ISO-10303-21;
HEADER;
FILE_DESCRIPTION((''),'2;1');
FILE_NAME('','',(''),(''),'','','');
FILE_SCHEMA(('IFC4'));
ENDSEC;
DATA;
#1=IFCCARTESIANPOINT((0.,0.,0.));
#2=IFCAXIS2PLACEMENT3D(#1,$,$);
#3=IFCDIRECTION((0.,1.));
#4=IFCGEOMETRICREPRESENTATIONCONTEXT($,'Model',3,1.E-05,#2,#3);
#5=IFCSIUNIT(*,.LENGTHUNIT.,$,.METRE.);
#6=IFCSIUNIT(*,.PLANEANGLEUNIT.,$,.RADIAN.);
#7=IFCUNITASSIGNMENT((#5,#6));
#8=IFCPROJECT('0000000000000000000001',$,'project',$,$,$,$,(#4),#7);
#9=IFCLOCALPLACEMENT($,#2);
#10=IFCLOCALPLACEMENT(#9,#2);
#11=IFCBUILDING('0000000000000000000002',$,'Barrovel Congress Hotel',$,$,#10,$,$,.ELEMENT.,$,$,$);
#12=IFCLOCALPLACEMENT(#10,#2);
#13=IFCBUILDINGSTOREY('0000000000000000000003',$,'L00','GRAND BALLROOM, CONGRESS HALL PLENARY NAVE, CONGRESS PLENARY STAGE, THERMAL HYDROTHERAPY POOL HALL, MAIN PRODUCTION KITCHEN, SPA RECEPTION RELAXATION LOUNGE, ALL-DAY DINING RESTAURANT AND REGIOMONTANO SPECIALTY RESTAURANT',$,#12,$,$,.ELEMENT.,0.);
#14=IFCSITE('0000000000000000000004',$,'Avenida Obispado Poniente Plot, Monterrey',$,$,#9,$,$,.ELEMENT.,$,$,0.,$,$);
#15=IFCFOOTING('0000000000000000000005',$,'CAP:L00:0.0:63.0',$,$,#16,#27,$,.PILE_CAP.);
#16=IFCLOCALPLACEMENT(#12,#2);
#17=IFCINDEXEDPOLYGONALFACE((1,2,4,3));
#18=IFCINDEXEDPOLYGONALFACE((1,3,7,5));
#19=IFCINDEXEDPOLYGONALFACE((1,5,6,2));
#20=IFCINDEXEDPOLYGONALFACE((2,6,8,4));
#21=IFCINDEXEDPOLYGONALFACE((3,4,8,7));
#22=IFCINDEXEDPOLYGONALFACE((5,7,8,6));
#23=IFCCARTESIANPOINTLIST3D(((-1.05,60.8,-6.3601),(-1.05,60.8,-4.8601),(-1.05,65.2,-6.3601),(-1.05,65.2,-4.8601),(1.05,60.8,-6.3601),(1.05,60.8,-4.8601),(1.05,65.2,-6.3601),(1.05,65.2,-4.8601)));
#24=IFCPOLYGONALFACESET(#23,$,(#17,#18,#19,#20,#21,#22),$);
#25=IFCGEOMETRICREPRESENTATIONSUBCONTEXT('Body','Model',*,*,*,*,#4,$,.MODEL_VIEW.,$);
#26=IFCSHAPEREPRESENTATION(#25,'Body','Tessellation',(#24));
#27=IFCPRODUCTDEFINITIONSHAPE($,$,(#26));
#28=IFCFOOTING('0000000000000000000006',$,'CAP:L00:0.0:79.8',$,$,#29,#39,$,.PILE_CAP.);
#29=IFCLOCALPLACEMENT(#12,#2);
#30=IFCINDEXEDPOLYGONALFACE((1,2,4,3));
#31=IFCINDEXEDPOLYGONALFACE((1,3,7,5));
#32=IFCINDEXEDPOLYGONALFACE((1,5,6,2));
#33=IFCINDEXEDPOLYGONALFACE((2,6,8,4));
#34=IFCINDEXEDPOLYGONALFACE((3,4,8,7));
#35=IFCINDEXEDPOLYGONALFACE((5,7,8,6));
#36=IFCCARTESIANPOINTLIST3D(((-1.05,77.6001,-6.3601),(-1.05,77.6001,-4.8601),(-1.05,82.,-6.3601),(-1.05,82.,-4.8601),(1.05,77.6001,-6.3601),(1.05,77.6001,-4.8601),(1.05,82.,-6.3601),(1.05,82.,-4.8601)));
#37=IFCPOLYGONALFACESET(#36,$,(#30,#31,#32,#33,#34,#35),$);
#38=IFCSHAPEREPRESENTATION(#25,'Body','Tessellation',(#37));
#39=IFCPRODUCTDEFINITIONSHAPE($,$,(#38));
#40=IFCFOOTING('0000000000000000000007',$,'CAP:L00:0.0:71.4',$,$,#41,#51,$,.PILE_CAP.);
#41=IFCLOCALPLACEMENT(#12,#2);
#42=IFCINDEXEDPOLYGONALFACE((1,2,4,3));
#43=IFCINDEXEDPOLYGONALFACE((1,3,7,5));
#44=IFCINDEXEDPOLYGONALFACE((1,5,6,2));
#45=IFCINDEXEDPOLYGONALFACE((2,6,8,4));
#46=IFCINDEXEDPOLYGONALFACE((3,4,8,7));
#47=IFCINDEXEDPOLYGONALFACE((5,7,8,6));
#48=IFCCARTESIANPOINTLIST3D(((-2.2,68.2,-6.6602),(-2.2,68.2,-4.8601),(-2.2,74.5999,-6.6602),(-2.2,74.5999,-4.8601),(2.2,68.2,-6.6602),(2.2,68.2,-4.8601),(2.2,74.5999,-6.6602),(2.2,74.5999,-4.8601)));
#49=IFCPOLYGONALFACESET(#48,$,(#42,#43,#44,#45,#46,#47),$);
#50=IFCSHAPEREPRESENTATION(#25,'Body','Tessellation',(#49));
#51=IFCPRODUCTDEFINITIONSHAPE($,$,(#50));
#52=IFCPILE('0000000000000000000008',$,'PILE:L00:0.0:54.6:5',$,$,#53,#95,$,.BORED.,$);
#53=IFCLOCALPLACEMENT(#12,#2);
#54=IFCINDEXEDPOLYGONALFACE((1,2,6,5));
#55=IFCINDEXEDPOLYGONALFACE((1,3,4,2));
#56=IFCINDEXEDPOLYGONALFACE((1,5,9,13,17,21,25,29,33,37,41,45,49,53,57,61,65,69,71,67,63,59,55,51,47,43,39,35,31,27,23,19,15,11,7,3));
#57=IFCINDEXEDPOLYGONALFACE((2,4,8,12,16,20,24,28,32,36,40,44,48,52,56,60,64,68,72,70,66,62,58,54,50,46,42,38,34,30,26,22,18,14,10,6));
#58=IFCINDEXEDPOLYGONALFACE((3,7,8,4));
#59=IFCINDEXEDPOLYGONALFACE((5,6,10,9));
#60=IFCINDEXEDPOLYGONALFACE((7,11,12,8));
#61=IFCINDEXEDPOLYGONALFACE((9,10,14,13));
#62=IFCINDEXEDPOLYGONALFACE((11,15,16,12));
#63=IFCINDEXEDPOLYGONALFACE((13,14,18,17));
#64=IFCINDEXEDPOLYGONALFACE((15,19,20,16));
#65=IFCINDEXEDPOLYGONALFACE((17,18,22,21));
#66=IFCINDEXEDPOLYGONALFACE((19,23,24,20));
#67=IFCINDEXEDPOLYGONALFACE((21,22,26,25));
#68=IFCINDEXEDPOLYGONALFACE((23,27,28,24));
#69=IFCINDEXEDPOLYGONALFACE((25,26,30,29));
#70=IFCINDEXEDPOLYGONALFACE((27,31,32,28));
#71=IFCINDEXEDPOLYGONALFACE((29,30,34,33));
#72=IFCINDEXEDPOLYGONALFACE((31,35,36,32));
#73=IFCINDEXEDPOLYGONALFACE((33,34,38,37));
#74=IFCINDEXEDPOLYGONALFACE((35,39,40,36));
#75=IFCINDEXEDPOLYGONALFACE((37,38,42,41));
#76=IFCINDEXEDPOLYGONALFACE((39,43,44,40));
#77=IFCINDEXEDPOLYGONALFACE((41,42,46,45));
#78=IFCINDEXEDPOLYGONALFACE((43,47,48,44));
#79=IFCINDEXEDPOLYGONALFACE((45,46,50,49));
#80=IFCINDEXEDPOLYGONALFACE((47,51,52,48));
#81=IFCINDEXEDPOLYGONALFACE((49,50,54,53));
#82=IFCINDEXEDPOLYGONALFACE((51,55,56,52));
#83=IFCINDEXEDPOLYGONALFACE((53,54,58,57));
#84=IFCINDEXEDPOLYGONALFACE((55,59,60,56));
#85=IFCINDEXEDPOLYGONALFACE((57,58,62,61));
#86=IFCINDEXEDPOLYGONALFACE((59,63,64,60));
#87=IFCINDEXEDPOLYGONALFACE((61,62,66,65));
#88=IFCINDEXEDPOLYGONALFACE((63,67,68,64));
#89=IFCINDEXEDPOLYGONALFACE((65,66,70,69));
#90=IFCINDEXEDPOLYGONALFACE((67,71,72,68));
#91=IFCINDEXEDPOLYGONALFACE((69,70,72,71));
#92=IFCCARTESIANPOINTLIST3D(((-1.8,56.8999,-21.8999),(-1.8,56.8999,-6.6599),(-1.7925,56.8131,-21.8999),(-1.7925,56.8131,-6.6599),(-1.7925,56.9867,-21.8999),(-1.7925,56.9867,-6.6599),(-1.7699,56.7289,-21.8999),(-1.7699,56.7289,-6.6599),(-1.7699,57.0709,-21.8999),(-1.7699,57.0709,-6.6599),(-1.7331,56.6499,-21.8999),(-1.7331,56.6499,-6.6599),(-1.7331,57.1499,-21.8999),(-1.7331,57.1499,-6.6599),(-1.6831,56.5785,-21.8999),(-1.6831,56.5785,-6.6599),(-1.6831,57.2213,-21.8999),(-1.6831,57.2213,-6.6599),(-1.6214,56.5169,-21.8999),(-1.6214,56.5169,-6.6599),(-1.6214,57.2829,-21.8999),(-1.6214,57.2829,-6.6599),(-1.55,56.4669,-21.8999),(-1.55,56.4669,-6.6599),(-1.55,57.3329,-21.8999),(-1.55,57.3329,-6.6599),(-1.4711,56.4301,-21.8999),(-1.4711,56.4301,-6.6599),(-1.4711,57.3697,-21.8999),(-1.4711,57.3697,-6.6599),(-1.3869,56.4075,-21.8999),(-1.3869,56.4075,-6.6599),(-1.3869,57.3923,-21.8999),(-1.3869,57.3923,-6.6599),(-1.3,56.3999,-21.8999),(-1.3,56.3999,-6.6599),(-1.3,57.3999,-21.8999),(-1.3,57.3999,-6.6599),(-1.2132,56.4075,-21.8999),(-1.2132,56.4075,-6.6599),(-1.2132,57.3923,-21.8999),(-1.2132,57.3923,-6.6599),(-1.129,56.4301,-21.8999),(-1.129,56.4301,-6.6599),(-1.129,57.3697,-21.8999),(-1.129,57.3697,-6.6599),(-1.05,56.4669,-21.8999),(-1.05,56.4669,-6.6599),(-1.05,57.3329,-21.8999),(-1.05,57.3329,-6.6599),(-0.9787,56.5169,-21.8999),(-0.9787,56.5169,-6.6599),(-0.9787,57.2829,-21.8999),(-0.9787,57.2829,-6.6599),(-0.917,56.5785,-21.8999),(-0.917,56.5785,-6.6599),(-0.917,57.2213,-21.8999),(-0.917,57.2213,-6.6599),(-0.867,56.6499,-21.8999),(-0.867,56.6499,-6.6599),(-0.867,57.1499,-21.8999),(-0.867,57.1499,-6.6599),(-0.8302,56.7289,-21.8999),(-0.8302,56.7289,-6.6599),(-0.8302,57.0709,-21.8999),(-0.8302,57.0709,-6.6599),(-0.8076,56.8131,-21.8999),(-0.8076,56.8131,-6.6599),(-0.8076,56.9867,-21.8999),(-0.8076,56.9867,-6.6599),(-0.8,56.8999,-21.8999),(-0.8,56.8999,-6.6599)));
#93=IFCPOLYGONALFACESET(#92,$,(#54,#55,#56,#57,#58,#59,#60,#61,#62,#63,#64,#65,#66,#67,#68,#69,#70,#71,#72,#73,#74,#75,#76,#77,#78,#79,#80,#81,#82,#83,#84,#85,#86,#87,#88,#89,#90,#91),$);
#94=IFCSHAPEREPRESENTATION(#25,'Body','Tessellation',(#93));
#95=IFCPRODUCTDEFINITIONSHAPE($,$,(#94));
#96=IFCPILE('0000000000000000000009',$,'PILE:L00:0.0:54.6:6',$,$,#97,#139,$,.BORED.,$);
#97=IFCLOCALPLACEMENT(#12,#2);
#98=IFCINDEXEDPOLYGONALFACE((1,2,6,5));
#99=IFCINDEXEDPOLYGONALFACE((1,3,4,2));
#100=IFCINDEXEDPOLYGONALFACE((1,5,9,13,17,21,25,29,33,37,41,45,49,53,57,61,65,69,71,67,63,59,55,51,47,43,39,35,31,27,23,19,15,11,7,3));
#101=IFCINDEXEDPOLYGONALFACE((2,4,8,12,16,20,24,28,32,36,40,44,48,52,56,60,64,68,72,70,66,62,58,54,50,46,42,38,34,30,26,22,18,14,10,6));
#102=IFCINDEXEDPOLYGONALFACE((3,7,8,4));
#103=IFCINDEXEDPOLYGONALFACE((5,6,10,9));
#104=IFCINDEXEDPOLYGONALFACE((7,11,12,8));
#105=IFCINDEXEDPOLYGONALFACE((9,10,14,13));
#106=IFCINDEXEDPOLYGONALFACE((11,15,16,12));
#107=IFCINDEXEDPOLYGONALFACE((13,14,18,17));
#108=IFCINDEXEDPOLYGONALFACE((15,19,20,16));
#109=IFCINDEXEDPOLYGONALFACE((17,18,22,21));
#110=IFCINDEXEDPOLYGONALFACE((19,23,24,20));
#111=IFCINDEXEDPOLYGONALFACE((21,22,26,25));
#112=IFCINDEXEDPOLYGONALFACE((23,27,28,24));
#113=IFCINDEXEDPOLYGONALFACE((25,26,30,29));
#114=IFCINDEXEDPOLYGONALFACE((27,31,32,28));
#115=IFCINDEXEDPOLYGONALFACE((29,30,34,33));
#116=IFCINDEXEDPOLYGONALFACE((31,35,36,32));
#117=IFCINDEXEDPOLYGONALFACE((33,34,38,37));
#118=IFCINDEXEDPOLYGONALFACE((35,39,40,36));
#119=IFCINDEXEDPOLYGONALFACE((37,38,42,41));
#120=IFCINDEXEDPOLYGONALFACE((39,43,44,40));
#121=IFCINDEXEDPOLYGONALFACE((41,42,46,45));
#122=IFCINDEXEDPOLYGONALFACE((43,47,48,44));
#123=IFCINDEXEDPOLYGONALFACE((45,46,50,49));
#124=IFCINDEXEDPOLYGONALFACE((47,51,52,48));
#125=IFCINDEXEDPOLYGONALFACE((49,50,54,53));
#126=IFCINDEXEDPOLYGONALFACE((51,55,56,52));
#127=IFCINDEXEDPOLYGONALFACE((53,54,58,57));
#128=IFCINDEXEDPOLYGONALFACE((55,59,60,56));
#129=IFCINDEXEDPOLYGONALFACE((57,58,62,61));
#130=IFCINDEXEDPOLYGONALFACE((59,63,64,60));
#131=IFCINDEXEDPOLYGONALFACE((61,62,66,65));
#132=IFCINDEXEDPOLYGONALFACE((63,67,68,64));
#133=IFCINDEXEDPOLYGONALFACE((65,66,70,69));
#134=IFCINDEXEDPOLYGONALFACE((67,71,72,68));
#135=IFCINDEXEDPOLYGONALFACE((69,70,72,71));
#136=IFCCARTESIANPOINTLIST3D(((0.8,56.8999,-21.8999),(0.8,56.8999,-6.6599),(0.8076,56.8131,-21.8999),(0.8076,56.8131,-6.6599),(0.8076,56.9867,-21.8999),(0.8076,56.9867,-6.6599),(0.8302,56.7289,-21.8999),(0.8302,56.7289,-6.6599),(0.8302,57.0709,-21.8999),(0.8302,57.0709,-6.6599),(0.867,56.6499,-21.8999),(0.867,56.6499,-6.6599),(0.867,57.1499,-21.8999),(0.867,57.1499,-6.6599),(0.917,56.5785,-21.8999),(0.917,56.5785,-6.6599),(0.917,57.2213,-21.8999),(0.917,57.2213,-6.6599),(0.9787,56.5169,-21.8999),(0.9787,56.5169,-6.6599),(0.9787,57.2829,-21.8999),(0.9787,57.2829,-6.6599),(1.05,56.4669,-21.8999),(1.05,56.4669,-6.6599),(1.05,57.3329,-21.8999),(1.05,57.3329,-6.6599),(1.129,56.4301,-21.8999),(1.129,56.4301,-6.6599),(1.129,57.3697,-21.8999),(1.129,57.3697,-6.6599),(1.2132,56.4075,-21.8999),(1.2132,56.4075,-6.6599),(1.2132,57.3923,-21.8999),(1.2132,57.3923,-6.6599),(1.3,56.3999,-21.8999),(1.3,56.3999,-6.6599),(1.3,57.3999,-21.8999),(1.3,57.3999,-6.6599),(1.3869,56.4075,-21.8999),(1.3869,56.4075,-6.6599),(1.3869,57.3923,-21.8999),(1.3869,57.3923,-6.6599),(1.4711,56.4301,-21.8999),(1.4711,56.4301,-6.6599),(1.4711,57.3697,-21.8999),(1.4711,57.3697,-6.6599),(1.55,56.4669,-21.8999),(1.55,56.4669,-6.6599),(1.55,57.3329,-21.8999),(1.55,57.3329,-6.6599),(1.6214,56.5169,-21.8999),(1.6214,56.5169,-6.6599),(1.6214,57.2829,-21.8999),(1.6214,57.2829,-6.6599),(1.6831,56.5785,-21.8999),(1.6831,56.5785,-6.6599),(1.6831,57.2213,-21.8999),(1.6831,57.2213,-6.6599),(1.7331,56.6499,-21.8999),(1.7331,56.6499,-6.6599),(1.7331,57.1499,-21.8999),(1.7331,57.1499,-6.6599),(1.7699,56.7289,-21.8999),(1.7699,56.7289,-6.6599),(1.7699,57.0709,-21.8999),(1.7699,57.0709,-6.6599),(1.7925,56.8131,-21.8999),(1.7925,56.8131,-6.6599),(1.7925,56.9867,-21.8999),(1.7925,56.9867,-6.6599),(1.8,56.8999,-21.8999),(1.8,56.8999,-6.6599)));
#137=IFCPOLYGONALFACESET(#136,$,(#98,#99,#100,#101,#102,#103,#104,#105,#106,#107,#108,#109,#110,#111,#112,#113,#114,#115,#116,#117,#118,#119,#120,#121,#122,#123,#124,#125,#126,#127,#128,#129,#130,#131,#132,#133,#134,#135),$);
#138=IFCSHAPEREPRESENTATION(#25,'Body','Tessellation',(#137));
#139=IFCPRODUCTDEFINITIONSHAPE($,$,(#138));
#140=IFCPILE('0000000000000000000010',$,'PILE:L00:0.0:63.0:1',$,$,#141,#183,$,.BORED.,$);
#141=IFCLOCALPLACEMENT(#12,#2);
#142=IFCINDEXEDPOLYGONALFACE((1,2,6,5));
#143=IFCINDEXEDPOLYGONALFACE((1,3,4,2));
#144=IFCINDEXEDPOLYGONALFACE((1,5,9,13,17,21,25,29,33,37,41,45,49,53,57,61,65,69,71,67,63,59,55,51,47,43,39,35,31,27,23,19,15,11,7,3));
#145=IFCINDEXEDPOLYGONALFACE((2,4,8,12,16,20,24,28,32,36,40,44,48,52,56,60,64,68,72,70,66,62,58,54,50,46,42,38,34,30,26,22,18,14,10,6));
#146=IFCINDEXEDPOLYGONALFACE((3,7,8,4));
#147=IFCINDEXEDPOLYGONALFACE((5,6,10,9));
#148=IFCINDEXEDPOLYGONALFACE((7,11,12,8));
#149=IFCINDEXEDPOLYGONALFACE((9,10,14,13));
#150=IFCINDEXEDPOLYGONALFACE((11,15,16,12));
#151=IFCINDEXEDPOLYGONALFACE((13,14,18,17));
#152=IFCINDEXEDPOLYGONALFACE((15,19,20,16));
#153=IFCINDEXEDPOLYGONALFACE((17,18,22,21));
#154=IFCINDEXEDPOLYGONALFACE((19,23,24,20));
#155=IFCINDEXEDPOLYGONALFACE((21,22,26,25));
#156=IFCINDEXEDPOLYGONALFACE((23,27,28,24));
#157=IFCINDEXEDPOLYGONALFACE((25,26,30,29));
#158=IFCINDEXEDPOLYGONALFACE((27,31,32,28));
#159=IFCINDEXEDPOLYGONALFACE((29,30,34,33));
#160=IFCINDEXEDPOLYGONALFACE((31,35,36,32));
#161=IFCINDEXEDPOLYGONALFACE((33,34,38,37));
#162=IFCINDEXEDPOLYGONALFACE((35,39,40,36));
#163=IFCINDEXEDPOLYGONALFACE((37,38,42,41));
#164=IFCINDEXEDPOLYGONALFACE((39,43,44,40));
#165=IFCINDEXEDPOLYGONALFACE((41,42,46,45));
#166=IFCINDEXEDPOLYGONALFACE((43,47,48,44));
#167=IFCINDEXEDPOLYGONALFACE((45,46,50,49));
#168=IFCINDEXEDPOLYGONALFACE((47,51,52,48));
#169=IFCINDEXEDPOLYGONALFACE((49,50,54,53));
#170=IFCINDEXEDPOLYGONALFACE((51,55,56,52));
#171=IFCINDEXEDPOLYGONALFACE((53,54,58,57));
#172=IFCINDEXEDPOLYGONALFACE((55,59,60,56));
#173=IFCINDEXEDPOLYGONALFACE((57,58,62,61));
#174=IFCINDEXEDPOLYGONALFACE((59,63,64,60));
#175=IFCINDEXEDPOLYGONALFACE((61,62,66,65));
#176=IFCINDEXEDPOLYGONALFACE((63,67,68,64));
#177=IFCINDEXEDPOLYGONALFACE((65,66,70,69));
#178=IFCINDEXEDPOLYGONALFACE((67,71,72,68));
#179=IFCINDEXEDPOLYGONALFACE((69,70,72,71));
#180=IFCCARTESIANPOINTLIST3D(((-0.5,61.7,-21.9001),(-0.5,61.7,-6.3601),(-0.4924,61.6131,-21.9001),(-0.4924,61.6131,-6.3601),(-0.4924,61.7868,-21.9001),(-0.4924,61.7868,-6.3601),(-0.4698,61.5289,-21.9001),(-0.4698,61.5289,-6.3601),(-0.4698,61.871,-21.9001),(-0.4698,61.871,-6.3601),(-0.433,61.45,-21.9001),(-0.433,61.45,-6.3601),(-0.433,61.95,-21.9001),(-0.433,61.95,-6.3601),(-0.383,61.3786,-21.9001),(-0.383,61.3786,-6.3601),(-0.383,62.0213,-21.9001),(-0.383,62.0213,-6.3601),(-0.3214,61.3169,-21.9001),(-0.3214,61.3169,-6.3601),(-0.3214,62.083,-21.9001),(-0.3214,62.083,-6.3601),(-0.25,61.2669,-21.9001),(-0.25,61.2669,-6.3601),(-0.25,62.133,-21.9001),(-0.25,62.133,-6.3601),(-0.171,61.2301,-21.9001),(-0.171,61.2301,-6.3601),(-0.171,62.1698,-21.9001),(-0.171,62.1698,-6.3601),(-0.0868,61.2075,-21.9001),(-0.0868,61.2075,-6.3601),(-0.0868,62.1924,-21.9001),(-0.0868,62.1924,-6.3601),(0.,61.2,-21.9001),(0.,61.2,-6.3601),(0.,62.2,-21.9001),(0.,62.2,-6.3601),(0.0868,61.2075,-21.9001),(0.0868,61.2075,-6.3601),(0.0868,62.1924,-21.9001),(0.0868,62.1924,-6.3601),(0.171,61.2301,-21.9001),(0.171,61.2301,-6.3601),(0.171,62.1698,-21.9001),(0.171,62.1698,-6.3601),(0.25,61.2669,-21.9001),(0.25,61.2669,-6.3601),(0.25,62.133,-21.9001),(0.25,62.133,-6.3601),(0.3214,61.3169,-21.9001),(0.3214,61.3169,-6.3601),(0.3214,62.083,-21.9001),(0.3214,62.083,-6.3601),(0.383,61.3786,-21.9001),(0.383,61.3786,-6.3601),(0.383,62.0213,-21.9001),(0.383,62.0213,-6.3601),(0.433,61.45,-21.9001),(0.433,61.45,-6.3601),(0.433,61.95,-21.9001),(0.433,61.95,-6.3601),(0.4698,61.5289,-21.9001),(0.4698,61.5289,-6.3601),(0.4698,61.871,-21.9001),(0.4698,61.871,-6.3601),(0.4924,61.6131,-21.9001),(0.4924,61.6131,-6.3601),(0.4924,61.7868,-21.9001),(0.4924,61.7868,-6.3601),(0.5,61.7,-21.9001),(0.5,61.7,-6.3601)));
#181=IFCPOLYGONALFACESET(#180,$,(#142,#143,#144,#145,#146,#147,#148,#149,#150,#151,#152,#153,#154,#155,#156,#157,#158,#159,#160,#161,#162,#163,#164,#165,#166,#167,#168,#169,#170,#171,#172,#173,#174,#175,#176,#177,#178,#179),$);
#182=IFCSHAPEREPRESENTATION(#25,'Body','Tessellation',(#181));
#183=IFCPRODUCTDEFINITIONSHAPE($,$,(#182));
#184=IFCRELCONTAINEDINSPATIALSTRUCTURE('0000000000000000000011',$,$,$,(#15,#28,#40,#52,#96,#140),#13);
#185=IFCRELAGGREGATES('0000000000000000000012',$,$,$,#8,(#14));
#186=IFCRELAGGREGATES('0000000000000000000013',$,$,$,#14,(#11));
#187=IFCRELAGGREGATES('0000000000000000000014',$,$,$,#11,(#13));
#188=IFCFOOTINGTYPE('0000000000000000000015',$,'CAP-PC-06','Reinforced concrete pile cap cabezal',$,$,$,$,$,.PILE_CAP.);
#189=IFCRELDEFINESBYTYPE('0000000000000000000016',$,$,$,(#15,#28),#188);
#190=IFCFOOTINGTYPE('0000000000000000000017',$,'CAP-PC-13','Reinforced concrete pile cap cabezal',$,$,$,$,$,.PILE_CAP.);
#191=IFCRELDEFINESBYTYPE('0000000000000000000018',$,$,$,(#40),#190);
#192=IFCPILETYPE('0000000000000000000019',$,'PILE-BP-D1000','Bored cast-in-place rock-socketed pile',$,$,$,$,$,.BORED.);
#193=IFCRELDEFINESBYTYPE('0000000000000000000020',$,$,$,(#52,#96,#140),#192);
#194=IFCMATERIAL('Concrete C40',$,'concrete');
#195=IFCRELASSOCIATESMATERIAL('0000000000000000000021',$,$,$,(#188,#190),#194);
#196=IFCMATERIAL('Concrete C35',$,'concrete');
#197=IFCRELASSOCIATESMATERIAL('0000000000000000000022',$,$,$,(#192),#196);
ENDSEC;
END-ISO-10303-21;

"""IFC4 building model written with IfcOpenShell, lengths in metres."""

from ifc_helpers import new_model, si_unit, direction, frame, origin, origin_2d, place, context, subcontext, project, spatial, rectangle, circle, extrude, material, material_profile, profile_set, type_object, element, save


model = new_model("IFC4")

# Units and contexts
model_context = context("Model", 3, precision=1e-05, world=origin(), true_north=direction((0.0, 1.0)))
body_context = subcontext(model_context, "Body", "Model", "MODEL_VIEW")
ifc_project = project(units=[si_unit("LENGTHUNIT", "METRE"), si_unit("PLANEANGLEUNIT", "RADIAN")], contexts=[model_context])

# Site, building, storey
site_placement = place(None, origin())
site = spatial("IfcSite", under=ifc_project, at=site_placement, Name="Avenida Obispado Poniente Plot, Monterrey", CompositionType="ELEMENT", RefElevation=0.0)
building_placement = place(site_placement, origin())
building = spatial("IfcBuilding", under=site, at=building_placement, Name="Barrovel Congress Hotel", CompositionType="ELEMENT")
storey_placement = place(building_placement, origin())
storey = spatial("IfcBuildingStorey", under=building, at=storey_placement, Name="L00", Description="GRAND BALLROOM, CONGRESS HALL PLENARY NAVE, CONGRESS PLENARY STAGE, THERMAL HYDROTHERAPY POOL HALL, MAIN PRODUCTION KITCHEN, SPA RECEPTION RELAXATION LOUNGE, ALL-DAY DINING RESTAURANT AND REGIOMONTANO SPECIALTY RESTAURANT", CompositionType="ELEMENT", Elevation=0.0)

# Footings
ifc_material_1 = material(Name="Concrete C40", Category="concrete")
footing_type_1 = type_object("IfcFootingType", Name="CAP-PC-06", Description="Reinforced concrete pile cap cabezal", PredefinedType="PILE_CAP", material=ifc_material_1)
for number, where, z_axis, x_axis, name in (
    (1, (0.0, 63.0, -6.3601), (0.0, 0.0, 1.0), (1.0, 0.0, 0.0), "CAP:L00:0.0:63.0"),
    (2, (0.0, 79.8, -6.3601), (0.0, 0.0, 1.0), (1.0, 0.0, 0.0), "CAP:L00:0.0:79.8"),
):
    element("IfcFooting", number, at=place(storey_placement, frame(where, z_axis=z_axis, x_axis=x_axis)), inside=storey, type_object=footing_type_1, Name=name, PredefinedType="PILE_CAP", context=body_context, shape_type="SweptSolid", body=[
        extrude(rectangle(XDim=2.1001, YDim=4.3999, at=origin_2d()), origin(), (0.0, 0.0, 1.0), 1.5),
    ])
footing_type_2 = type_object("IfcFootingType", Name="CAP-PC-13", Description="Reinforced concrete pile cap cabezal", PredefinedType="PILE_CAP", material=ifc_material_1)
footing_placement = place(storey_placement, frame((0.0, 71.3999, -6.6602), z_axis=(0.0, 0.0, 1.0), x_axis=(1.0, 0.0, 0.0)))
element("IfcFooting", 3, at=footing_placement, inside=storey, type_object=footing_type_2, Name="CAP:L00:0.0:71.4", PredefinedType="PILE_CAP", context=body_context, shape_type="SweptSolid", body=[
    extrude(rectangle(XDim=4.3999, YDim=6.3999, at=origin_2d()), origin(), (0.0, 0.0, 1.0), 1.8),
])

# Piles
ifc_material_2 = material(Name="Concrete C35", Category="concrete")
ifc_material_profile_1 = material_profile(ifc_material_2, circle(Radius=0.5, at=origin_2d()), Name="BP-D1000")
ifc_profile_set_1 = profile_set([ifc_material_profile_1], Name="Concrete C35")
pile_type = type_object("IfcPileType", Name="PILE-BP-D1000", Description="Bored cast-in-place rock-socketed pile", PredefinedType="BORED", material=ifc_profile_set_1)
for number, where, z_axis, x_axis, name in (
    (4, (-1.3, 56.8999, -6.6599), (0.0, 0.0, -1.0), (1.0, 0.0, 0.0), "PILE:L00:0.0:54.6:5"),
    (5, (1.3, 56.8999, -6.6599), (0.0, 0.0, -1.0), (1.0, 0.0, 0.0), "PILE:L00:0.0:54.6:6"),
):
    element("IfcPile", number, at=place(storey_placement, frame(where, z_axis=z_axis, x_axis=x_axis)), inside=storey, type_object=pile_type, Name=name, PredefinedType="BORED", context=body_context, shape_type="SweptSolid", body=[
        extrude(circle(Radius=0.5, at=origin_2d()), origin(), (0.0, 0.0, 1.0), 15.24),
    ])
for number, where, z_axis, x_axis, name in (
    (6, (0.0, 61.7, -6.3601), (0.0, 0.0, -1.0), (1.0, 0.0, 0.0), "PILE:L00:0.0:63.0:1"),
):
    element("IfcPile", number, at=place(storey_placement, frame(where, z_axis=z_axis, x_axis=x_axis)), inside=storey, type_object=pile_type, Name=name, PredefinedType="BORED", context=body_context, shape_type="SweptSolid", body=[
        extrude(circle(Radius=0.5, at=origin_2d()), origin(), (0.0, 0.0, 1.0), 15.54),
    ])

save(model, "model.ifc")
